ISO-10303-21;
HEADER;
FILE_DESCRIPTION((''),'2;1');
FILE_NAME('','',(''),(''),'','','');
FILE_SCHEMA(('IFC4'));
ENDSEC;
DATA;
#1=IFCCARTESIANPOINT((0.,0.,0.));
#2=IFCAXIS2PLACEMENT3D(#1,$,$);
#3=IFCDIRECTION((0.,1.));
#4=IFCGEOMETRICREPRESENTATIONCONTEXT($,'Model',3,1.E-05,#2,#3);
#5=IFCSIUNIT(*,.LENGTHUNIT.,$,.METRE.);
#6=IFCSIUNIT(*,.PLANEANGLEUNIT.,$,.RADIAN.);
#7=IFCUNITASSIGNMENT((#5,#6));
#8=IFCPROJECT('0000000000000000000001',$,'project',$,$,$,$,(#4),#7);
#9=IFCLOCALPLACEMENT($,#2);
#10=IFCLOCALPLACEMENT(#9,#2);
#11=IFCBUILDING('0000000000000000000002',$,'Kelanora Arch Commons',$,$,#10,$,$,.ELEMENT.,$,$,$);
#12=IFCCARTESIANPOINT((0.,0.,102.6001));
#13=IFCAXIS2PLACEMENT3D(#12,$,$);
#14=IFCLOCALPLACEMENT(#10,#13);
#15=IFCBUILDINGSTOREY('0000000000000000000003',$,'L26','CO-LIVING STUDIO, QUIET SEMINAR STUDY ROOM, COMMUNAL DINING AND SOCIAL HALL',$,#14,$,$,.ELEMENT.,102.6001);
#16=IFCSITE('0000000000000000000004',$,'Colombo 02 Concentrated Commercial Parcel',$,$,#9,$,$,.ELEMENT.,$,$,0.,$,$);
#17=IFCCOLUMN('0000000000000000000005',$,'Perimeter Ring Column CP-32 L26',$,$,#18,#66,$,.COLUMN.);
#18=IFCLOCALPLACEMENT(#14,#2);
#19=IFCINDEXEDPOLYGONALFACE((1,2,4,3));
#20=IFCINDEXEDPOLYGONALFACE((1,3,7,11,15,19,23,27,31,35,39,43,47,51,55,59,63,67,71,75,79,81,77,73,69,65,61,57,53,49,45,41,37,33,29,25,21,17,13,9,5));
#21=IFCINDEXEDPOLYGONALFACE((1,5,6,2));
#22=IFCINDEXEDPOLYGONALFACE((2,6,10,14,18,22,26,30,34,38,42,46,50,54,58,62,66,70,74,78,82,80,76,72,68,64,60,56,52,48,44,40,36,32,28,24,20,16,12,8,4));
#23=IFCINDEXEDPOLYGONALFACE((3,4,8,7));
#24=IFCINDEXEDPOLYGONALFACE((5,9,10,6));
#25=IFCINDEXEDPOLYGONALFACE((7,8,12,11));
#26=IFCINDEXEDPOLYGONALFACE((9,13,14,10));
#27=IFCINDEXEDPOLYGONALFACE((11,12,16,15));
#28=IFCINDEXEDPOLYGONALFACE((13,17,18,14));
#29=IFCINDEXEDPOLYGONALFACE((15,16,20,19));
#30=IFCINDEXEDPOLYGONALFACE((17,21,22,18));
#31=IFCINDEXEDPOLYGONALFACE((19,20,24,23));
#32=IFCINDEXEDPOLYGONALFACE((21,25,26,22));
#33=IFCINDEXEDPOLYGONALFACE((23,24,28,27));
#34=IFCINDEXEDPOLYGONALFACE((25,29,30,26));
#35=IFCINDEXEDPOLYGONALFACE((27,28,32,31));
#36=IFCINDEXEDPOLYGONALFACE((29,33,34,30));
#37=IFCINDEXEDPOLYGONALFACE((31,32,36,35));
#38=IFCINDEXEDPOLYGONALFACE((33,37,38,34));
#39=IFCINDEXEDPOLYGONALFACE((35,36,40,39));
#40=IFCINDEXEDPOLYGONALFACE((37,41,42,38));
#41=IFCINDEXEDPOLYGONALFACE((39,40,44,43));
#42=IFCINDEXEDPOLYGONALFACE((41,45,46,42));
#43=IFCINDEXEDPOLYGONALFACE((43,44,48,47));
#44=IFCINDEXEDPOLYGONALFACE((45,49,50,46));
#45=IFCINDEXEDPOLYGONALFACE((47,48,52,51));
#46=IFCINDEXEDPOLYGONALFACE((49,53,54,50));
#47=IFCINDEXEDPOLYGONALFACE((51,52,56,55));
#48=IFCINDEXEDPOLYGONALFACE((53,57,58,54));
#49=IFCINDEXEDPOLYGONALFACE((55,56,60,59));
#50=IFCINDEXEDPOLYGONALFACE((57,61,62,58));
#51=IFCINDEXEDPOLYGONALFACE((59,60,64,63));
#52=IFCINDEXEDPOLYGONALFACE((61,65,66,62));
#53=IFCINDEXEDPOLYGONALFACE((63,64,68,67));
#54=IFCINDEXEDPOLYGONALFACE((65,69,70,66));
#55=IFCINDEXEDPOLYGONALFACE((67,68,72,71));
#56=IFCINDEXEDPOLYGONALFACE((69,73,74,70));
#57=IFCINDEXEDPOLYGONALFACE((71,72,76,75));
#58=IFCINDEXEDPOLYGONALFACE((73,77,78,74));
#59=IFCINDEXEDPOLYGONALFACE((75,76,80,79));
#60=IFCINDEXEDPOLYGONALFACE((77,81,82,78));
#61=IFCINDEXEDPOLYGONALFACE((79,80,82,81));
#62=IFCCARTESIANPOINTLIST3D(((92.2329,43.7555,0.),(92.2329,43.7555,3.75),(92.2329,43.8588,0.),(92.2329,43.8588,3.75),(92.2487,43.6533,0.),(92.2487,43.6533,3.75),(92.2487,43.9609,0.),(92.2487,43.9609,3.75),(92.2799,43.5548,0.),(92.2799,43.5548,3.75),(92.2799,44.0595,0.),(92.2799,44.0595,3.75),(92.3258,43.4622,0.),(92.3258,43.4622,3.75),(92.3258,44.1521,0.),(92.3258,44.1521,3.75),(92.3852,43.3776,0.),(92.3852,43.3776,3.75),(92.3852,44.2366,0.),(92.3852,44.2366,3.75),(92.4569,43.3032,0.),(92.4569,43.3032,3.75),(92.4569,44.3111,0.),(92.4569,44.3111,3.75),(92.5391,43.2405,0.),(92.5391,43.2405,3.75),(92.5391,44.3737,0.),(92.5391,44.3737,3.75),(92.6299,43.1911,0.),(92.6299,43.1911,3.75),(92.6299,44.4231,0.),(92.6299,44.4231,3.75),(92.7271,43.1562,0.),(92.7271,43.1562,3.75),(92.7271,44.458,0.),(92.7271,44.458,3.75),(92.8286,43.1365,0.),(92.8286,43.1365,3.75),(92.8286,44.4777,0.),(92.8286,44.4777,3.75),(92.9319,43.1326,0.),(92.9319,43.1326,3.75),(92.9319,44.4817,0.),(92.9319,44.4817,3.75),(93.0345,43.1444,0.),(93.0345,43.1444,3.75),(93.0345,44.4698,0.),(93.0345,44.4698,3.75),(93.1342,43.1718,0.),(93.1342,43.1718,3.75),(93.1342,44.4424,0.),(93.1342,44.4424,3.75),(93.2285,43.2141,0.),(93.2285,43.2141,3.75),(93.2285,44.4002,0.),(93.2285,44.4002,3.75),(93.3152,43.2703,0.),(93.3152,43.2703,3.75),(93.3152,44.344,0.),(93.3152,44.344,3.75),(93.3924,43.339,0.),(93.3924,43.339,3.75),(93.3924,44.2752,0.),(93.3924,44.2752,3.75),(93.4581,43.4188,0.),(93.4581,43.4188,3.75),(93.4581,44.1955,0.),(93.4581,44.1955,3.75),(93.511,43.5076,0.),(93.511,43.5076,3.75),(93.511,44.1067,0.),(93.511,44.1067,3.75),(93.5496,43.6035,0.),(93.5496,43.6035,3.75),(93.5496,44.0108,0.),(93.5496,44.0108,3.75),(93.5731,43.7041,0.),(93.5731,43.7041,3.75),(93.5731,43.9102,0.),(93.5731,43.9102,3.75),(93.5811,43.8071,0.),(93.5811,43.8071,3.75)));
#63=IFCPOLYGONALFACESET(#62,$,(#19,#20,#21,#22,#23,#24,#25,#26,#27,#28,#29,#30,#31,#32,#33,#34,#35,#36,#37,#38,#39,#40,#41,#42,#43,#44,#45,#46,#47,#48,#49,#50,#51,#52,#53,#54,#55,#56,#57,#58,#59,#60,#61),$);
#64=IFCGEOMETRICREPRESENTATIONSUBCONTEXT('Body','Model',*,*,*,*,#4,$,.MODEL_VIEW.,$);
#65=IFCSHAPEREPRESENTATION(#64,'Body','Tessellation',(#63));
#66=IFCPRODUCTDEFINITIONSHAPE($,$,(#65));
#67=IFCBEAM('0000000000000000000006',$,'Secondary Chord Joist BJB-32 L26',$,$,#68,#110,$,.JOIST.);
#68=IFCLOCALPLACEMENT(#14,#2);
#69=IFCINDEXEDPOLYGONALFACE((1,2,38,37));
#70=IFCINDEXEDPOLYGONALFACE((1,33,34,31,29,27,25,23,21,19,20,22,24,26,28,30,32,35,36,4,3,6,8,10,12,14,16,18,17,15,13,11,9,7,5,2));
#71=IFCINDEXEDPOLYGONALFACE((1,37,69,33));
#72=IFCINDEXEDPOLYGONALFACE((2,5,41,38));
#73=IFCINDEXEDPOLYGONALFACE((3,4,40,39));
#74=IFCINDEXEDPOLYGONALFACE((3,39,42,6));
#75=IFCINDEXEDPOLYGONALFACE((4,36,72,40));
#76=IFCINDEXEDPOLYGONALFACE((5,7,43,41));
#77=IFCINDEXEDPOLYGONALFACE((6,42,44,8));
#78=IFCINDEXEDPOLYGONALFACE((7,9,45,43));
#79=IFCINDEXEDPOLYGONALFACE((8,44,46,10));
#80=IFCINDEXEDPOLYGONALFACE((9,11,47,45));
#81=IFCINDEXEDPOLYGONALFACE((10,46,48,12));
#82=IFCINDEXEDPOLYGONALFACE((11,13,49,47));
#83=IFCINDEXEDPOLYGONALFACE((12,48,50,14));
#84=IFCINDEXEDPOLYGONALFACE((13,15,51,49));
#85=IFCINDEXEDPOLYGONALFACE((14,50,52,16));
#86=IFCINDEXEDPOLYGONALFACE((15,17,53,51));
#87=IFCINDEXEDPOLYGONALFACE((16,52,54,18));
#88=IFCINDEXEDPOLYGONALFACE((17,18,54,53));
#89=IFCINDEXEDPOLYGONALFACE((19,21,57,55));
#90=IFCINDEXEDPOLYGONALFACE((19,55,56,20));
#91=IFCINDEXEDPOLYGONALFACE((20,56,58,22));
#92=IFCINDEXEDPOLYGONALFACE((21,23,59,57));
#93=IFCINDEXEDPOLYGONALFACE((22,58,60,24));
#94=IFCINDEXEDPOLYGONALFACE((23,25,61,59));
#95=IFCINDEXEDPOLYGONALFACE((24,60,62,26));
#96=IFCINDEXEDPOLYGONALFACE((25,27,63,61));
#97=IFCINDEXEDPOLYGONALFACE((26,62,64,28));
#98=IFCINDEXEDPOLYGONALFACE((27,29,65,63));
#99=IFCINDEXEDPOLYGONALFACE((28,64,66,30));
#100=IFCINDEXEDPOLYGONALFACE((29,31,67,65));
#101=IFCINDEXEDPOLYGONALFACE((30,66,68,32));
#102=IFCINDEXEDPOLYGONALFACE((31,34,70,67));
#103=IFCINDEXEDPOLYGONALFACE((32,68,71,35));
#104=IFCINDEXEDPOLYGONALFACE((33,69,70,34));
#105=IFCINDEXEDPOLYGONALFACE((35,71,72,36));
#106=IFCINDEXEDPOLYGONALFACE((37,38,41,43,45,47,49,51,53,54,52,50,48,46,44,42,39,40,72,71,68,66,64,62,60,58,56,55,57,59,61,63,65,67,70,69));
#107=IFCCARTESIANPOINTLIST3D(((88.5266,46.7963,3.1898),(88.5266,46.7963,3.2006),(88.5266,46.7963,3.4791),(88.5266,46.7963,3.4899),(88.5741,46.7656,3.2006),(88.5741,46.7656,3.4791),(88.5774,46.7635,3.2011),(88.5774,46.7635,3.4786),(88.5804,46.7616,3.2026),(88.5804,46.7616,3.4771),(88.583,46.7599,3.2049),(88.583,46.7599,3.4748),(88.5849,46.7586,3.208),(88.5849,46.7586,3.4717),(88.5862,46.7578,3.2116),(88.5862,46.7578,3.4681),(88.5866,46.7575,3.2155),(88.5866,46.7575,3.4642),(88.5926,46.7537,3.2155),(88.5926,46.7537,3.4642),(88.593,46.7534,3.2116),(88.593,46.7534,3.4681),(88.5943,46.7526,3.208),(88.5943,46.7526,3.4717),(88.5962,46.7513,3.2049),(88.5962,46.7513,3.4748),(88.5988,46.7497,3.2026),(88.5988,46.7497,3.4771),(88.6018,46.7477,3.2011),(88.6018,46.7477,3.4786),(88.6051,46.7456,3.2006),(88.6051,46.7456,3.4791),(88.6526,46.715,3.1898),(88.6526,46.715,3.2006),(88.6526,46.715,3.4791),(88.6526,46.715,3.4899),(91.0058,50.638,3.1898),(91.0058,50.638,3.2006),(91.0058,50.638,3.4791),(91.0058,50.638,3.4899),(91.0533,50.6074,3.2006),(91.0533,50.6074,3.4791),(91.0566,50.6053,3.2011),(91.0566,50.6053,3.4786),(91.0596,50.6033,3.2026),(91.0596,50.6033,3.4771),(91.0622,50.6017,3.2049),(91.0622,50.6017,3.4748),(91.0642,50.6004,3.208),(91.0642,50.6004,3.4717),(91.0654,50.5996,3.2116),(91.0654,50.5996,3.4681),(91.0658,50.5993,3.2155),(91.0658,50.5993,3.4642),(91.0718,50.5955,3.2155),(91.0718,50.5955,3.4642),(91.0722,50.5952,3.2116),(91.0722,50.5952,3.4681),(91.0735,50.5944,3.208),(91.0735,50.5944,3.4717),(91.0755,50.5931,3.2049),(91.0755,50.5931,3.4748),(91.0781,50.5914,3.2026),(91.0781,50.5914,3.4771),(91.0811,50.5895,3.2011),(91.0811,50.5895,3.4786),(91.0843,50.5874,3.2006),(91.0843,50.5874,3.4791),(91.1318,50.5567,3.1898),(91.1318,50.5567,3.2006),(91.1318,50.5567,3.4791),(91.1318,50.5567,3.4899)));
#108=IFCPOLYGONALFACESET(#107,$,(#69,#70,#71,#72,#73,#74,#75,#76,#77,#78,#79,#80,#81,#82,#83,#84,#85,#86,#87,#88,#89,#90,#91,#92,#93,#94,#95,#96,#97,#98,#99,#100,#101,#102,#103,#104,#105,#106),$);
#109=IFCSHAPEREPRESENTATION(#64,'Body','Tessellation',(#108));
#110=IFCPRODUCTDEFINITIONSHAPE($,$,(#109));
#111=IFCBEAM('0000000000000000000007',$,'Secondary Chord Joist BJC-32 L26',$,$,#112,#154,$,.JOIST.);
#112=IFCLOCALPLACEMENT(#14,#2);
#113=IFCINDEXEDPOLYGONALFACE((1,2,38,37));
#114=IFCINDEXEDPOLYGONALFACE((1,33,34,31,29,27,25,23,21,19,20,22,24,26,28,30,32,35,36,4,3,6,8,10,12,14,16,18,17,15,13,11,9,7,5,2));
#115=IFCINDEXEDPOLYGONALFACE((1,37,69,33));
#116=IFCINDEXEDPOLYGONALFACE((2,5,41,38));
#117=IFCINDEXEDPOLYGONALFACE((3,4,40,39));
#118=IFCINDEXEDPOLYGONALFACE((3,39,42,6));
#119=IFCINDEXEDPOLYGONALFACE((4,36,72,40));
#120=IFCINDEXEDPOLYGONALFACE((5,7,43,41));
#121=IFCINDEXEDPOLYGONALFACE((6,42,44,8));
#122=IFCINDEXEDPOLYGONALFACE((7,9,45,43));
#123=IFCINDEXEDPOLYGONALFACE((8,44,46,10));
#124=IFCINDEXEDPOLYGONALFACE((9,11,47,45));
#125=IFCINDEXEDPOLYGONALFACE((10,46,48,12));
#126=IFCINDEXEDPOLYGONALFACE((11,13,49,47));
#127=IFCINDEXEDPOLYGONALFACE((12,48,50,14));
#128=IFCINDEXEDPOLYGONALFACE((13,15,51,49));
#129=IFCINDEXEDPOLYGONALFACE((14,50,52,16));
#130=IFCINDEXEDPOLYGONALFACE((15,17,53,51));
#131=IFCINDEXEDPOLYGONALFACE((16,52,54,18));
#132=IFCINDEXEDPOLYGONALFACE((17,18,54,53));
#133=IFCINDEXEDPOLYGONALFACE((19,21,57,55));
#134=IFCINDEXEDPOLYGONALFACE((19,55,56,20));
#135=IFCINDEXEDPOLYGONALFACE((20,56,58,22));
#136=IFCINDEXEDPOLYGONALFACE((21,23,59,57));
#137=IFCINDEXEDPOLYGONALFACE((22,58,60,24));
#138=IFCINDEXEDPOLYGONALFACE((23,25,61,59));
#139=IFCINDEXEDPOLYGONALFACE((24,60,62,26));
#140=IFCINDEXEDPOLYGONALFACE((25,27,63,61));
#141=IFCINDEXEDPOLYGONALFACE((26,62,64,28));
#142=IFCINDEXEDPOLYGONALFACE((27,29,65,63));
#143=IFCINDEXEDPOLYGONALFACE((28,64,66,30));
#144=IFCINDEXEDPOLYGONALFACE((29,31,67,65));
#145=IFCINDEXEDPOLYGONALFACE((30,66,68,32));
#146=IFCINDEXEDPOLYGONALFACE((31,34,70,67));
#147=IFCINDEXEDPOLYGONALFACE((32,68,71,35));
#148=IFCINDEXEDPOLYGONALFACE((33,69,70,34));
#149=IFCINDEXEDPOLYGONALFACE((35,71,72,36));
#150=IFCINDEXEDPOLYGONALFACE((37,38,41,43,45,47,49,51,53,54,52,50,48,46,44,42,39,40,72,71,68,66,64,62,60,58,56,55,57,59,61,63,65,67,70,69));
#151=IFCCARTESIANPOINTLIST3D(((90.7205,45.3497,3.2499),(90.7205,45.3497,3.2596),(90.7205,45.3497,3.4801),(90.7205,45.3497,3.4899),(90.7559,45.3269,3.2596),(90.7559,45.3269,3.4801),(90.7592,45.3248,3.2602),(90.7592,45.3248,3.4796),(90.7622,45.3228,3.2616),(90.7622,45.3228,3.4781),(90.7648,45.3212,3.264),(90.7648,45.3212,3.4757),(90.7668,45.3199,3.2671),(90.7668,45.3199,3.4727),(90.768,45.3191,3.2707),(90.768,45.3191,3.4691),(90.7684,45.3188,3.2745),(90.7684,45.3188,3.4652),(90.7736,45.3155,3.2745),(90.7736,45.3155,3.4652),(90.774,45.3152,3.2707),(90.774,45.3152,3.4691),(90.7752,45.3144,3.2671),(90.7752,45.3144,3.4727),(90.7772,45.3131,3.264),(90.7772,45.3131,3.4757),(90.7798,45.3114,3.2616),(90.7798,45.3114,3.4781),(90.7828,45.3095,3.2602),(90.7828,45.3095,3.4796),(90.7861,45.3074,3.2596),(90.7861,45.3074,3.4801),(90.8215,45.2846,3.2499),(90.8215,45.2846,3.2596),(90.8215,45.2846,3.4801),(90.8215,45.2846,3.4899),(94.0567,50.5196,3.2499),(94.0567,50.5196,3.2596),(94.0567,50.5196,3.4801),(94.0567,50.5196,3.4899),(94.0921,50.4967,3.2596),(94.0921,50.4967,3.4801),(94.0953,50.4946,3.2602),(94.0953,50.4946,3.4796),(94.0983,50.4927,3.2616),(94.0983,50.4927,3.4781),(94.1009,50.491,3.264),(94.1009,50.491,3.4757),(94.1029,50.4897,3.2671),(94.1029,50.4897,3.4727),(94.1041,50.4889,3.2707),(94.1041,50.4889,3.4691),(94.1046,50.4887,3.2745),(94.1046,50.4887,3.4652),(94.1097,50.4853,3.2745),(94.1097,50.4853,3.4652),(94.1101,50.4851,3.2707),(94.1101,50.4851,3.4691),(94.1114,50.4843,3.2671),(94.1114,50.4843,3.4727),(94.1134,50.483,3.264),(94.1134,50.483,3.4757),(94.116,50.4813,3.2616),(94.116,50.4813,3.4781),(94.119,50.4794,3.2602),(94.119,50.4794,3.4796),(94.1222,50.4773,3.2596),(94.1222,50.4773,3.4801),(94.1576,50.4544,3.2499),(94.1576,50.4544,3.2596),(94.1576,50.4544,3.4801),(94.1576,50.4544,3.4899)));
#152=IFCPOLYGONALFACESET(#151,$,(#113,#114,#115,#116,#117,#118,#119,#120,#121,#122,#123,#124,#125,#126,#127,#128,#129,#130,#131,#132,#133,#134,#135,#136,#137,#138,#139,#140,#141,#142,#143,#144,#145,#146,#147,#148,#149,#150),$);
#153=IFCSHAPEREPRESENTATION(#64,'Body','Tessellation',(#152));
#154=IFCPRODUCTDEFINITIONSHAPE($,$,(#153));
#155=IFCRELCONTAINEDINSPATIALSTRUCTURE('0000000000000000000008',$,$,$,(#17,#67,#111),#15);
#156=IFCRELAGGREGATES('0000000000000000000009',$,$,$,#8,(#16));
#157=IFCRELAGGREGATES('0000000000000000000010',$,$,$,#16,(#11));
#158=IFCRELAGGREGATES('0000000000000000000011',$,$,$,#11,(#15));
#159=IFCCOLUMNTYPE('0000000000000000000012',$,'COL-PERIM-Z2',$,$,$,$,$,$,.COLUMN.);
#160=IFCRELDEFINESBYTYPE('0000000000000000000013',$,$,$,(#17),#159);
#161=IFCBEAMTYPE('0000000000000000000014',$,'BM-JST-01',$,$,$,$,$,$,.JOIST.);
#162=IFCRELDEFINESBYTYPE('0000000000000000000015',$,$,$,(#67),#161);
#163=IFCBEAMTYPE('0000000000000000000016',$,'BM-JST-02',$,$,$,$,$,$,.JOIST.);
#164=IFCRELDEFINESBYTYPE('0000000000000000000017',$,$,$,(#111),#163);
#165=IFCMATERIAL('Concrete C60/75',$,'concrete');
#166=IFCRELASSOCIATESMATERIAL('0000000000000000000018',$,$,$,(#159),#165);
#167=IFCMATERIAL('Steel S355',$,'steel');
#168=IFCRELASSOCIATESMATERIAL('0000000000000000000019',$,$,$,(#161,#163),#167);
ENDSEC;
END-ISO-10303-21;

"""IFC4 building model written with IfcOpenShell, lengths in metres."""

from ifc_helpers import new_model, si_unit, direction, frame, origin, origin_2d, place, context, subcontext, project, spatial, circle, i_section, extrude, material, material_profile, profile_set, type_object, element, save


model = new_model("IFC4")

# Units and contexts
model_context = context("Model", 3, precision=1e-05, world=origin(), true_north=direction((0.0, 1.0)))
body_context = subcontext(model_context, "Body", "Model", "MODEL_VIEW")
ifc_project = project(units=[si_unit("LENGTHUNIT", "METRE"), si_unit("PLANEANGLEUNIT", "RADIAN")], contexts=[model_context])

# Site, building, storey
site_placement = place(None, origin())
site = spatial("IfcSite", under=ifc_project, at=site_placement, Name="Colombo 02 Concentrated Commercial Parcel", CompositionType="ELEMENT", RefElevation=0.0)
building_placement = place(site_placement, origin())
building = spatial("IfcBuilding", under=site, at=building_placement, Name="Kelanora Arch Commons", CompositionType="ELEMENT")
storey_placement = place(building_placement, frame((0.0, 0.0, 102.6001)))
storey = spatial("IfcBuildingStorey", under=building, at=storey_placement, Name="L26", Description="CO-LIVING STUDIO, QUIET SEMINAR STUDY ROOM, COMMUNAL DINING AND SOCIAL HALL", CompositionType="ELEMENT", Elevation=102.6001)

# Column
ifc_material_1 = material(Name="Concrete C60/75", Category="concrete")
ifc_material_profile_1 = material_profile(ifc_material_1, circle(Radius=0.675, at=origin_2d()), Name="RCC1350")
ifc_profile_set_1 = profile_set([ifc_material_profile_1], Name="Concrete C60/75")
column_type = type_object("IfcColumnType", Name="COL-PERIM-Z2", PredefinedType="COLUMN", material=ifc_profile_set_1)
column_placement = place(storey_placement, frame((92.906, 43.8071, 0.0), z_axis=(0.0, 0.0, 1.0), x_axis=(1.0, 0.0, 0.0)))
element("IfcColumn", 1, at=column_placement, inside=storey, type_object=column_type, Name="Perimeter Ring Column CP-32 L26", PredefinedType="COLUMN", context=body_context, shape_type="SweptSolid", body=[
    extrude(circle(Radius=0.675, at=origin_2d()), origin(), (0.0, 0.0, 1.0), 3.75),
])

# Beams
ifc_material_2 = material(Name="Steel S355", Category="steel")
ifc_material_profile_2 = material_profile(ifc_material_2, i_section(OverallWidth=0.1499, OverallDepth=0.3, WebThickness=0.0071, FlangeThickness=0.0107, FilletRadius=0.0149, at=origin_2d()), Name="IPE300")
ifc_profile_set_2 = profile_set([ifc_material_profile_2], Name="Steel S355")
beam_type_1 = type_object("IfcBeamType", Name="BM-JST-01", PredefinedType="JOIST", material=ifc_profile_set_2)
beam_1_placement = place(storey_placement, frame((88.5896, 46.7556, 3.3398), z_axis=(0.54223, 0.84023, 0.0), x_axis=(-0.84023, 0.54223, 0.0)))
element("IfcBeam", 2, at=beam_1_placement, inside=storey, type_object=beam_type_1, Name="Secondary Chord Joist BJB-32 L26", PredefinedType="JOIST", context=body_context, shape_type="SweptSolid", body=[
    extrude(i_section(OverallWidth=0.1499, OverallDepth=0.3, WebThickness=0.0071, FlangeThickness=0.0107, FilletRadius=0.0149, at=origin_2d()), origin(), (0.0, 0.0, 1.0), 4.5723),
])
ifc_material_profile_3 = material_profile(ifc_material_2, i_section(OverallWidth=0.1201, OverallDepth=0.24, WebThickness=0.0061, FlangeThickness=0.0098, FilletRadius=0.0149, at=origin_2d()), Name="IPE240")
ifc_profile_set_3 = profile_set([ifc_material_profile_3], Name="Steel S355")
beam_type_2 = type_object("IfcBeamType", Name="BM-JST-02", PredefinedType="JOIST", material=ifc_profile_set_3)
beam_2_placement = place(storey_placement, frame((90.771, 45.3171, 3.3699), z_axis=(0.542213, 0.840241, 0.0), x_axis=(-0.840241, 0.542213, 0.0)))
element("IfcBeam", 3, at=beam_2_placement, inside=storey, type_object=beam_type_2, Name="Secondary Chord Joist BJC-32 L26", PredefinedType="JOIST", context=body_context, shape_type="SweptSolid", body=[
    extrude(i_section(OverallWidth=0.1201, OverallDepth=0.24, WebThickness=0.0061, FlangeThickness=0.0098, FilletRadius=0.0149, at=origin_2d()), origin(), (0.0, 0.0, 1.0), 6.1528),
])

save(model, "model.ifc")
